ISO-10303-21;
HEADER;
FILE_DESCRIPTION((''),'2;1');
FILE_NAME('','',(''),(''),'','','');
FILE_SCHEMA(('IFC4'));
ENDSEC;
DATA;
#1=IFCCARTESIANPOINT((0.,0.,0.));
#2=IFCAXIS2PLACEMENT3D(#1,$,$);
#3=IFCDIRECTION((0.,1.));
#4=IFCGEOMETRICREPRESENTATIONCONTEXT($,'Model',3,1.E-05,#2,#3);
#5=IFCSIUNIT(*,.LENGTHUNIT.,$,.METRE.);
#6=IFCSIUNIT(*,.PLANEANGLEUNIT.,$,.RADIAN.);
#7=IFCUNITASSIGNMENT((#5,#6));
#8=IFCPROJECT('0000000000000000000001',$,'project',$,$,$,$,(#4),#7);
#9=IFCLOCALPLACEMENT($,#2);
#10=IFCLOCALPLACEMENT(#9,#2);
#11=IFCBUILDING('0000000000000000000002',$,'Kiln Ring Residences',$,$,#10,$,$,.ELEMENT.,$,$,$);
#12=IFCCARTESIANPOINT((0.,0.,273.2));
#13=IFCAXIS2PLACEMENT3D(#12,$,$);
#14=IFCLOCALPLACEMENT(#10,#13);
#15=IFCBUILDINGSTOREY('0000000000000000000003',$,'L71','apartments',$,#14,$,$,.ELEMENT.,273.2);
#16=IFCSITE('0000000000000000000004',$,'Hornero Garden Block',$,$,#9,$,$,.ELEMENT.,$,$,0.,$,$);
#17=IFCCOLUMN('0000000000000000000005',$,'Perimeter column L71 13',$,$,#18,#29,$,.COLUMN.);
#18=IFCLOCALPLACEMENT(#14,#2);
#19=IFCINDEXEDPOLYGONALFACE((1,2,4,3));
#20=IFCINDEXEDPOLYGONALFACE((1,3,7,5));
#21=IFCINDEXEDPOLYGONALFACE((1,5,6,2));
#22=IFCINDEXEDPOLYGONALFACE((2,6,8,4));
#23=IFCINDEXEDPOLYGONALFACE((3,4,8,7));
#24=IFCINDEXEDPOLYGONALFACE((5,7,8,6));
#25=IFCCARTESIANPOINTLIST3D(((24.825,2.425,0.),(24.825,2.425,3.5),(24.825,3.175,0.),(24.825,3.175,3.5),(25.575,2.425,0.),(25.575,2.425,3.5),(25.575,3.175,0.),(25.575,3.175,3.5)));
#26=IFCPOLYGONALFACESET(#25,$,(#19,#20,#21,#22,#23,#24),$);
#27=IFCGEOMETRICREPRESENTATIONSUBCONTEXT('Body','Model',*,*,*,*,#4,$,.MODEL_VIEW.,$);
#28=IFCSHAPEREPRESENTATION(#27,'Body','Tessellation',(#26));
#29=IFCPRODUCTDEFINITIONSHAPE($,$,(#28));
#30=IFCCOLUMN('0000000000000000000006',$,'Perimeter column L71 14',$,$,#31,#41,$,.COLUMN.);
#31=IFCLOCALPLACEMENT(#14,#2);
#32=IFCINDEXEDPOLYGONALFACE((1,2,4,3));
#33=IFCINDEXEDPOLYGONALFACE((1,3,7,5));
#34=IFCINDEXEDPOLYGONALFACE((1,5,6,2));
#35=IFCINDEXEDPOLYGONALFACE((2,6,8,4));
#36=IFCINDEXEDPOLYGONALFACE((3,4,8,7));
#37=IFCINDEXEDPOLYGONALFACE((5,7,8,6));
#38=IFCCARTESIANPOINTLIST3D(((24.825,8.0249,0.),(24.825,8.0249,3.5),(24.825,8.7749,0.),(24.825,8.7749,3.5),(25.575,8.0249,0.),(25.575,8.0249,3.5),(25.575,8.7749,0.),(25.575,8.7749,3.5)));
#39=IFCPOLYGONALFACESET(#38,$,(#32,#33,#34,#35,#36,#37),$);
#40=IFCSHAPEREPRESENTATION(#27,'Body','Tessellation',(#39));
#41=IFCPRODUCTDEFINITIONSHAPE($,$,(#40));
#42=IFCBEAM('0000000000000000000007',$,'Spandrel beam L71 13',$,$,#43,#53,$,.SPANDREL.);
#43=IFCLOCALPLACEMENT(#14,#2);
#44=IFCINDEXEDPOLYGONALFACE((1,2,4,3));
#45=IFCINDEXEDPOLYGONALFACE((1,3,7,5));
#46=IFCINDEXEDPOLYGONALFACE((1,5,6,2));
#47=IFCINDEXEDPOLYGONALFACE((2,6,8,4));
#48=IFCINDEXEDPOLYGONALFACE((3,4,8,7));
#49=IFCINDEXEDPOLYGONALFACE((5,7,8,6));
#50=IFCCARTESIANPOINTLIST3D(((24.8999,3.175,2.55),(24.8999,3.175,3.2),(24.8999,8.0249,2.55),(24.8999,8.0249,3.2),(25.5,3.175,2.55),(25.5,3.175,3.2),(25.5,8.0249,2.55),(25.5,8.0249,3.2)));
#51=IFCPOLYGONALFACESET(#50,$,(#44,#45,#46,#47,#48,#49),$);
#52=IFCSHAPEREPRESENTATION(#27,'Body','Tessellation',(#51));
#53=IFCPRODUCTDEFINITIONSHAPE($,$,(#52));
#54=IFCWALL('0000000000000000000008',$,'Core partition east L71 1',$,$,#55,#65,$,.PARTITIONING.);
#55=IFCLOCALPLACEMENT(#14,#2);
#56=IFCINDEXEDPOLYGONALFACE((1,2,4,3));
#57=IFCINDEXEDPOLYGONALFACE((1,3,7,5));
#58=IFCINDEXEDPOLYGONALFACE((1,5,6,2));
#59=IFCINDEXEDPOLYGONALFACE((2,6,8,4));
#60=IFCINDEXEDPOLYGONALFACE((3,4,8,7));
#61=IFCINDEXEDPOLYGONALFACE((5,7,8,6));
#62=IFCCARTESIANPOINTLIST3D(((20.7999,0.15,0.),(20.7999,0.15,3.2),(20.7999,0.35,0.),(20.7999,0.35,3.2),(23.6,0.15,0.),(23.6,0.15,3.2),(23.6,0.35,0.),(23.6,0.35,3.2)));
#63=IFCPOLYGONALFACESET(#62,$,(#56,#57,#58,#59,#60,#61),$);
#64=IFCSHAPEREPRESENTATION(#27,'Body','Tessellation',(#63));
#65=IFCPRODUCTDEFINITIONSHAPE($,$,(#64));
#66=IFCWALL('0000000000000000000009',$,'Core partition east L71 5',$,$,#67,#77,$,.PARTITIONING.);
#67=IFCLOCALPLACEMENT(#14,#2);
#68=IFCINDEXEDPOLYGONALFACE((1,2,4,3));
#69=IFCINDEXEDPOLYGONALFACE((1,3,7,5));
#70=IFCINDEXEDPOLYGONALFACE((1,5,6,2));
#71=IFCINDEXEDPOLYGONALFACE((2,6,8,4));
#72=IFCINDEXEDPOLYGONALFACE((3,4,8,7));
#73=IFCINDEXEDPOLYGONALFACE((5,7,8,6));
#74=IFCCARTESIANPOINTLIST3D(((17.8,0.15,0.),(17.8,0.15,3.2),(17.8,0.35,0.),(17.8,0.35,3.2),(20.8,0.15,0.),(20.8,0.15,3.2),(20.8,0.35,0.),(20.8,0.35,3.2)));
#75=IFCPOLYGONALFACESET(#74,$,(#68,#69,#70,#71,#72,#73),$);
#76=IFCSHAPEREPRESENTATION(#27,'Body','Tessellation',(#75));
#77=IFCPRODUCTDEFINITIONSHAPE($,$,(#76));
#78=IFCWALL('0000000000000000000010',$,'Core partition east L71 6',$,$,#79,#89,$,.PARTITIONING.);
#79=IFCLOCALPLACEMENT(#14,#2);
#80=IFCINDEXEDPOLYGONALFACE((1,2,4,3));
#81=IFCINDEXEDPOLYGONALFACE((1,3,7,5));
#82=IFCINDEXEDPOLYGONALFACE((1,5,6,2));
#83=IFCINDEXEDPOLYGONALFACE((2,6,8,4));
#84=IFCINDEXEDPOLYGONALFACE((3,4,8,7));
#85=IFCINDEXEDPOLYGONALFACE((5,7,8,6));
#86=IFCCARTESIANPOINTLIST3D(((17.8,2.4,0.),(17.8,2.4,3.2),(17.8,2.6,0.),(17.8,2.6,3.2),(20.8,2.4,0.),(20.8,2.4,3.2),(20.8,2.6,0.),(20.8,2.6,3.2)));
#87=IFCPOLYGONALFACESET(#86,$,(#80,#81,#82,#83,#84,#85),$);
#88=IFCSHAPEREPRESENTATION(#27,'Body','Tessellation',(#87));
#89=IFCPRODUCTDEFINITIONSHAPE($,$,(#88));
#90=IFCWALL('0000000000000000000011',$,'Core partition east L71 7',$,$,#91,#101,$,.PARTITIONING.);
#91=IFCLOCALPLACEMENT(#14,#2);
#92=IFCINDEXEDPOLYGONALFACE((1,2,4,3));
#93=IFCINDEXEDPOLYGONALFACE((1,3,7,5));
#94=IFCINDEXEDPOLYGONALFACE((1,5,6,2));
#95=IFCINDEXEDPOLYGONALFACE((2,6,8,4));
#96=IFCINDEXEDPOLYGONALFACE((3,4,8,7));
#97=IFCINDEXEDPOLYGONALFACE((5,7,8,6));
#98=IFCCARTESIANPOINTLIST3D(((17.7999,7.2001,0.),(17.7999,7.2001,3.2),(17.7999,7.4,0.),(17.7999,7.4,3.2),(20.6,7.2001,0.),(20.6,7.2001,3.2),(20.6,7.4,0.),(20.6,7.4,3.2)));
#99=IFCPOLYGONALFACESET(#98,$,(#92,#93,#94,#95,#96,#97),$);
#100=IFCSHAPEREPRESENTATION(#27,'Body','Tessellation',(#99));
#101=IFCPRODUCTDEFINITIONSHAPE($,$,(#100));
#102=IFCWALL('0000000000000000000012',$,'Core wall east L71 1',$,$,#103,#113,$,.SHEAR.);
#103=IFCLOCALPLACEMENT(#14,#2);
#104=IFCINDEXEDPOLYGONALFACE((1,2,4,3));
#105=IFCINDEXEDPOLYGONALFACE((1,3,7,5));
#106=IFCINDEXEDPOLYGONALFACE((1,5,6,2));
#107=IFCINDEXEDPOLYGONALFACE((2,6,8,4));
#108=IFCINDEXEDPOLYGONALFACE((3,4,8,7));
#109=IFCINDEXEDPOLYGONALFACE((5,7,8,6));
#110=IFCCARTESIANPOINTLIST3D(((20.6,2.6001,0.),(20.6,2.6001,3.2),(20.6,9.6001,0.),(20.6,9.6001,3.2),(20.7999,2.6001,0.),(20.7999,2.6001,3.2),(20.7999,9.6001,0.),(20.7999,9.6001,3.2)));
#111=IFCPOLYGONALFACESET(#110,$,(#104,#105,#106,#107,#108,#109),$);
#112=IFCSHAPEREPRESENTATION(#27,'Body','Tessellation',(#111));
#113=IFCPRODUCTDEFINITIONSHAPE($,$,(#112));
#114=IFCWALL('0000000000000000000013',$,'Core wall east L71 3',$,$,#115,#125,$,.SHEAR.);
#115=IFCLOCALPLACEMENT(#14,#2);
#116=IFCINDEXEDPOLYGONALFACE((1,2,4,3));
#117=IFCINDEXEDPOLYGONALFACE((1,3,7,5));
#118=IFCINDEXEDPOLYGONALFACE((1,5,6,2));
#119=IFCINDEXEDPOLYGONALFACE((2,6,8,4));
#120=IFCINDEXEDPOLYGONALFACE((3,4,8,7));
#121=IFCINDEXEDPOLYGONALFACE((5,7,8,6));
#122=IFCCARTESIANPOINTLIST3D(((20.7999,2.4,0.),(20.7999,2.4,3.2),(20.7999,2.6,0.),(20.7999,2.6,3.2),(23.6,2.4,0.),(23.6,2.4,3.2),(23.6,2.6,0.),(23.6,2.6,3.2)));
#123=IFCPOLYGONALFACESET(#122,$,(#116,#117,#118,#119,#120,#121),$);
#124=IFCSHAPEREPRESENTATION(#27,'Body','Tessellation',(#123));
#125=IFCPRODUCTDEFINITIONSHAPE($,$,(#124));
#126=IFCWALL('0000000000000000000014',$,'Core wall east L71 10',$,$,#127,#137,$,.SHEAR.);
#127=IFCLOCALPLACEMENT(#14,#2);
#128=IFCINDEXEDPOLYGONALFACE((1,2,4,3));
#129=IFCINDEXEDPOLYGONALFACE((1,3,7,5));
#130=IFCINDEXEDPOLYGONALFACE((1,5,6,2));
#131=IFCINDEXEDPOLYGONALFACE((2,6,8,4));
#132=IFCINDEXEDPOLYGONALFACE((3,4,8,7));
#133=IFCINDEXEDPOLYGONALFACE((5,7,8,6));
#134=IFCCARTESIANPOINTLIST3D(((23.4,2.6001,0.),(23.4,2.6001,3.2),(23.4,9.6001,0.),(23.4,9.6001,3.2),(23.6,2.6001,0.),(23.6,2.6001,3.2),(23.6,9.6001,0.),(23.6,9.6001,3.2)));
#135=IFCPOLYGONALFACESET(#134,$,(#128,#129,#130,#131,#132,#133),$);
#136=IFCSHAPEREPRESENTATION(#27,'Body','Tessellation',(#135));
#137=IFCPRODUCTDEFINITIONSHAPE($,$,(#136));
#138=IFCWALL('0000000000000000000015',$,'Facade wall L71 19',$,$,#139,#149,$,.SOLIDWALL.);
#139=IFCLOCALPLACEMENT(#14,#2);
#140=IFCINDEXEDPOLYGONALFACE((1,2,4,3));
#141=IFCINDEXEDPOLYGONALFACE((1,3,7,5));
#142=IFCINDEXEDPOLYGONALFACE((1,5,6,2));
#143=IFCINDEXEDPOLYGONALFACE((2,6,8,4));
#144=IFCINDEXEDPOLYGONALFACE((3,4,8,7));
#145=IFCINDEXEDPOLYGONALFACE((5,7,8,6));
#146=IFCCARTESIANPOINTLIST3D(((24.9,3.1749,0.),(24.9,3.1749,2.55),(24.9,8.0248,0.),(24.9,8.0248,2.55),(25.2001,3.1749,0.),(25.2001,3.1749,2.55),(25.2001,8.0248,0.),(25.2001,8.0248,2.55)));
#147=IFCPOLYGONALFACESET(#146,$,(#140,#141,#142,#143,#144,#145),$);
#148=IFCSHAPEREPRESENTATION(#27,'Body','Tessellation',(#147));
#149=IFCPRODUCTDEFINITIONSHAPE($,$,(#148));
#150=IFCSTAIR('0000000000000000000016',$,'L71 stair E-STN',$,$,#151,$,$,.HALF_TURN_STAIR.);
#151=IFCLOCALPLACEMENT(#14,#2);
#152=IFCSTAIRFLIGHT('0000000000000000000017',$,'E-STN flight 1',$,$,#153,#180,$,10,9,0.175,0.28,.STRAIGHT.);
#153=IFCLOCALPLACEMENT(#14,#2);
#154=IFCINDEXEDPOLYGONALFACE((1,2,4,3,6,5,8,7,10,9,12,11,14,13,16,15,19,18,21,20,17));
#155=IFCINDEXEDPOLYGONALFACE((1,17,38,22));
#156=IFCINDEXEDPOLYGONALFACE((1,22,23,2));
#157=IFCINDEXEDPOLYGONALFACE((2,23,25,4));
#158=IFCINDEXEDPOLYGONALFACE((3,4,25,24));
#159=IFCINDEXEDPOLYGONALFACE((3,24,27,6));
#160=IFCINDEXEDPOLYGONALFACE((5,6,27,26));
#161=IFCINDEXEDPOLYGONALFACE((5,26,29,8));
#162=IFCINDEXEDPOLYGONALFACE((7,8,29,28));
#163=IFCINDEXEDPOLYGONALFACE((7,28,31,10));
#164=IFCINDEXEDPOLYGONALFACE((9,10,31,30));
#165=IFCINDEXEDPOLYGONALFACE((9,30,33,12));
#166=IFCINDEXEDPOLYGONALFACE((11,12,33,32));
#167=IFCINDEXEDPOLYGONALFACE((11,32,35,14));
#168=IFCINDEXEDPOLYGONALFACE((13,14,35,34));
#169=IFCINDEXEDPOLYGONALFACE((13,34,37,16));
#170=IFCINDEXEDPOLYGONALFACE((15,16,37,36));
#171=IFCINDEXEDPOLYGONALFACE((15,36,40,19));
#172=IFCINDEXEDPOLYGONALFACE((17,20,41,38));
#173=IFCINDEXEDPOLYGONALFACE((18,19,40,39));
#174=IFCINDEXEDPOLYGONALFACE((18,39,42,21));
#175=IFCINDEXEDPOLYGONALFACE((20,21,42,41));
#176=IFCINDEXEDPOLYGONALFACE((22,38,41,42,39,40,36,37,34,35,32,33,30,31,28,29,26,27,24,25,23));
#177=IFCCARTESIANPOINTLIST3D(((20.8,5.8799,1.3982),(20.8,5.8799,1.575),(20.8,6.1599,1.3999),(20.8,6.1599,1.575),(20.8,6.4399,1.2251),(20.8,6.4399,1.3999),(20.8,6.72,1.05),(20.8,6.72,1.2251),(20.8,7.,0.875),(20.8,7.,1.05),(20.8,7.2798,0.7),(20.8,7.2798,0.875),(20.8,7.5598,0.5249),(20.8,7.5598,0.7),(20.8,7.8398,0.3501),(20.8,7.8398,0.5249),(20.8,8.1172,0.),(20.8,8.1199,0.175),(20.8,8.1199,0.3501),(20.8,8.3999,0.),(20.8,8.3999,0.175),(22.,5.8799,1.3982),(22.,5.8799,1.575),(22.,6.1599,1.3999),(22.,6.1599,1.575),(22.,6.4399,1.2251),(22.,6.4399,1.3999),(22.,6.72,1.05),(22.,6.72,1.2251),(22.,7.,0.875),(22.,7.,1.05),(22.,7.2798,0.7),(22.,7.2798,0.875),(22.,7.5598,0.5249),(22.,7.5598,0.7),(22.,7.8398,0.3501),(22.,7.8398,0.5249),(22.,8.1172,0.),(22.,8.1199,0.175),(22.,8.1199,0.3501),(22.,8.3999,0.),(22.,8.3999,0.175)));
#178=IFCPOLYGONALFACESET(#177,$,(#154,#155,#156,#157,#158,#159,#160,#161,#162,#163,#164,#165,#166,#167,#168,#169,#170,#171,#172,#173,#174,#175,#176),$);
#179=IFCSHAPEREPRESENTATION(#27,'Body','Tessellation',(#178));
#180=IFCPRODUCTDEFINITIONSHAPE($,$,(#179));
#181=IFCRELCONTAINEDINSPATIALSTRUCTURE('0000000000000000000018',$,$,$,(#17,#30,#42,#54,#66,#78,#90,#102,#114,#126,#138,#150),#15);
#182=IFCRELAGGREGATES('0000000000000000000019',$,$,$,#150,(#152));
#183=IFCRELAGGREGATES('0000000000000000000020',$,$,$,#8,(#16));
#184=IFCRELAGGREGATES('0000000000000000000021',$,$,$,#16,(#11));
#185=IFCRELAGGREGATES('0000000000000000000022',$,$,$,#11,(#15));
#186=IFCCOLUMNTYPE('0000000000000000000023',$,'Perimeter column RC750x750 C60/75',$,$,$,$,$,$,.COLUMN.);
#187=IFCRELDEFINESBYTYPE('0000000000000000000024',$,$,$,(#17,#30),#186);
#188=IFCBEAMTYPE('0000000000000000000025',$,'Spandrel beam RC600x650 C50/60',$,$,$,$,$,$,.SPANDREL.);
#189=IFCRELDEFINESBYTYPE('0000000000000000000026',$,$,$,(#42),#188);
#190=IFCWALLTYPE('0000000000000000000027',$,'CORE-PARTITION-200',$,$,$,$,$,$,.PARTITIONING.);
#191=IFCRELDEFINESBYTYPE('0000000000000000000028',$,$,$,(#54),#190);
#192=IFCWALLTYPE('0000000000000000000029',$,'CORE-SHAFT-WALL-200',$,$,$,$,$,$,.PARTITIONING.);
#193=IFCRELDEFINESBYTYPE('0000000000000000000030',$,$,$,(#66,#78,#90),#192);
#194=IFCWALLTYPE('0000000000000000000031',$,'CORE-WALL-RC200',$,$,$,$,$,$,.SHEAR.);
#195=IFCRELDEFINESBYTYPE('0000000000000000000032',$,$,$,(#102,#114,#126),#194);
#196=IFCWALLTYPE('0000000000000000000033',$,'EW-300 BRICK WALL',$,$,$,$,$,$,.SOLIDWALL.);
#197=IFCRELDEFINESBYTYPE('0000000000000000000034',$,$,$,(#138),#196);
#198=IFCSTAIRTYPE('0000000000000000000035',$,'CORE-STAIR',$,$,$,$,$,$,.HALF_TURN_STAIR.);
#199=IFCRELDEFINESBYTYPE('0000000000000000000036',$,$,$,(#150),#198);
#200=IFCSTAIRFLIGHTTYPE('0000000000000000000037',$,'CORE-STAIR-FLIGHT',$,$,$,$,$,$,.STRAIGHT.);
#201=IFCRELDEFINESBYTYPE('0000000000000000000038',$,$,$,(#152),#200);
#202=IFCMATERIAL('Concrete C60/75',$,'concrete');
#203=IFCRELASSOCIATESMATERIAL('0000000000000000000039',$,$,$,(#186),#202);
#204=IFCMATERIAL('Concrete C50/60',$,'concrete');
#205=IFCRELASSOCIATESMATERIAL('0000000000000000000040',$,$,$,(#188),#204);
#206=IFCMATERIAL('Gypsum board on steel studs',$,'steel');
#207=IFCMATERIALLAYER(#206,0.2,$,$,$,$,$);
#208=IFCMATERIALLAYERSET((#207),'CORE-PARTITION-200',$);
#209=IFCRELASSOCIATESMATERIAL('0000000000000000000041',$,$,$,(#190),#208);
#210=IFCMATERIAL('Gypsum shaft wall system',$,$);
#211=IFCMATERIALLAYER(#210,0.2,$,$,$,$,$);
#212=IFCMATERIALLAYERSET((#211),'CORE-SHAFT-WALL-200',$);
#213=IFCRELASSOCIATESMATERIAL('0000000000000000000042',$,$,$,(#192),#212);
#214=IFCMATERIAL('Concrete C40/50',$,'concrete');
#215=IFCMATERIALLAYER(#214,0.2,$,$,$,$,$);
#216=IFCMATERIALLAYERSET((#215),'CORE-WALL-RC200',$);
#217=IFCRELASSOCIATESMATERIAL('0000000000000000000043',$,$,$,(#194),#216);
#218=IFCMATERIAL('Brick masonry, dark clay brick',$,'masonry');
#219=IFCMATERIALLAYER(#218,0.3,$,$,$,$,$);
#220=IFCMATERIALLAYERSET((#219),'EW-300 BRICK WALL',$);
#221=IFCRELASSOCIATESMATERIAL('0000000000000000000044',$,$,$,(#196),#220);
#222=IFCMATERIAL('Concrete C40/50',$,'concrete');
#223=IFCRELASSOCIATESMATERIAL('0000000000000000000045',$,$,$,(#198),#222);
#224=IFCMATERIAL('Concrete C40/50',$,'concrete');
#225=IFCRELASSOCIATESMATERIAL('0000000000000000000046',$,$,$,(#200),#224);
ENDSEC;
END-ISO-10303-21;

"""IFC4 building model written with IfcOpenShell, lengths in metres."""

from ifc_helpers import new_model, si_unit, direction, frame, frame_2d, origin, origin_2d, place, context, subcontext, project, spatial, polyline, rectangle, outline, extrude, material, layer, layer_set, material_profile, profile_set, type_object, element, aggregate, save


model = new_model("IFC4")

# Units and contexts
model_context = context("Model", 3, precision=1e-05, world=origin(), true_north=direction((0.0, 1.0)))
body_context = subcontext(model_context, "Body", "Model", "MODEL_VIEW")
ifc_project = project(units=[si_unit("LENGTHUNIT", "METRE"), si_unit("PLANEANGLEUNIT", "RADIAN")], contexts=[model_context])

# Site, building, storey
site_placement = place(None, origin())
site = spatial("IfcSite", under=ifc_project, at=site_placement, Name="Hornero Garden Block", CompositionType="ELEMENT", RefElevation=0.0)
building_placement = place(site_placement, origin())
building = spatial("IfcBuilding", under=site, at=building_placement, Name="Kiln Ring Residences", CompositionType="ELEMENT")
storey_placement = place(building_placement, frame((0.0, 0.0, 273.2)))
storey = spatial("IfcBuildingStorey", under=building, at=storey_placement, Name="L71", Description="apartments", CompositionType="ELEMENT", Elevation=273.2)

# Columns
ifc_material_1 = material(Name="Concrete C60/75", Category="concrete")
ifc_material_profile_1 = material_profile(ifc_material_1, rectangle(XDim=0.75, YDim=0.75, at=origin_2d()), Name="RC750x750")
ifc_profile_set_1 = profile_set([ifc_material_profile_1], Name="Concrete C60/75")
column_type = type_object("IfcColumnType", Name="Perimeter column RC750x750 C60/75", PredefinedType="COLUMN", material=ifc_profile_set_1)
for number, where, z_axis, x_axis, name in (
    (1, (25.2, 2.8, 0.0), (0.0, 0.0, 1.0), (1.0, 0.0, 0.0), "Perimeter column L71 13"),
    (2, (25.2, 8.3999, 0.0), (0.0, 0.0, 1.0), (1.0, 0.0, 0.0), "Perimeter column L71 14"),
):
    element("IfcColumn", number, at=place(storey_placement, frame(where, z_axis=z_axis, x_axis=x_axis)), inside=storey, type_object=column_type, Name=name, PredefinedType="COLUMN", context=body_context, shape_type="SweptSolid", body=[
        extrude(rectangle(XDim=0.75, YDim=0.75, at=origin_2d()), origin(), (0.0, 0.0, 1.0), 3.5),
    ])

# Beam
ifc_material_2 = material(Name="Concrete C50/60", Category="concrete")
ifc_material_profile_2 = material_profile(ifc_material_2, rectangle(XDim=0.6001, YDim=0.6499, at=origin_2d()), Name="RC600x650")
ifc_profile_set_2 = profile_set([ifc_material_profile_2], Name="Concrete C50/60")
beam_type = type_object("IfcBeamType", Name="Spandrel beam RC600x650 C50/60", PredefinedType="SPANDREL", material=ifc_profile_set_2)
beam_placement = place(storey_placement, frame((25.2, 3.175, 2.875), z_axis=(0.0, 1.0, 0.0), x_axis=(-1.0, 0.0, 0.0)))
element("IfcBeam", 3, at=beam_placement, inside=storey, type_object=beam_type, Name="Spandrel beam L71 13", PredefinedType="SPANDREL", context=body_context, shape_type="SweptSolid", body=[
    extrude(rectangle(XDim=0.6001, YDim=0.6499, at=origin_2d()), origin(), (0.0, 0.0, 1.0), 4.8499),
])

# Walls
ifc_material_3 = material(Name="Gypsum board on steel studs", Category="steel")
ifc_layer_1 = layer(ifc_material_3, 0.2)
ifc_layer_set_1 = layer_set([ifc_layer_1], Name="CORE-PARTITION-200")
wall_type_1 = type_object("IfcWallType", Name="CORE-PARTITION-200", PredefinedType="PARTITIONING", material=ifc_layer_set_1)
wall_1_placement = place(storey_placement, frame((20.8, 0.25, 0.0), z_axis=(0.0, 0.0, 1.0), x_axis=(1.0, 0.0, 0.0)))
element("IfcWall", 4, at=wall_1_placement, inside=storey, type_object=wall_type_1, Name="Core partition east L71 1", PredefinedType="PARTITIONING", context=body_context, shape_type="SweptSolid", body=[
    extrude(rectangle(XDim=2.8, YDim=0.2, at=frame_2d((1.3999, 0.0))), origin(), (0.0, 0.0, 1.0), 3.2),
])
ifc_material_4 = material(Name="Gypsum shaft wall system")
ifc_layer_2 = layer(ifc_material_4, 0.2)
ifc_layer_set_2 = layer_set([ifc_layer_2], Name="CORE-SHAFT-WALL-200")
wall_type_2 = type_object("IfcWallType", Name="CORE-SHAFT-WALL-200", PredefinedType="PARTITIONING", material=ifc_layer_set_2)
for number, where, z_axis, x_axis, name in (
    (5, (17.8, 0.25, 0.0), (0.0, 0.0, 1.0), (1.0, 0.0, 0.0), "Core partition east L71 5"),
    (6, (17.8, 2.5, 0.0), (0.0, 0.0, 1.0), (1.0, 0.0, 0.0), "Core partition east L71 6"),
):
    element("IfcWall", number, at=place(storey_placement, frame(where, z_axis=z_axis, x_axis=x_axis)), inside=storey, type_object=wall_type_2, Name=name, PredefinedType="PARTITIONING", context=body_context, shape_type="SweptSolid", body=[
        extrude(rectangle(XDim=3.0, YDim=0.2, at=frame_2d((1.5, 0.0))), origin(), (0.0, 0.0, 1.0), 3.2),
    ])
wall_2_placement = place(storey_placement, frame((17.8, 7.3, 0.0), z_axis=(0.0, 0.0, 1.0), x_axis=(1.0, 0.0, 0.0)))
element("IfcWall", 7, at=wall_2_placement, inside=storey, type_object=wall_type_2, Name="Core partition east L71 7", PredefinedType="PARTITIONING", context=body_context, shape_type="SweptSolid", body=[
    extrude(rectangle(XDim=2.8, YDim=0.2, at=frame_2d((1.3999, 0.0))), origin(), (0.0, 0.0, 1.0), 3.2),
])
ifc_material_5 = material(Name="Concrete C40/50", Category="concrete")
ifc_layer_3 = layer(ifc_material_5, 0.2)
ifc_layer_set_3 = layer_set([ifc_layer_3], Name="CORE-WALL-RC200")
wall_type_3 = type_object("IfcWallType", Name="CORE-WALL-RC200", PredefinedType="SHEAR", material=ifc_layer_set_3)
wall_3_placement = place(storey_placement, frame((20.7, 2.6001, 0.0), z_axis=(0.0, 0.0, 1.0), x_axis=(0.0, 1.0, 0.0)))
element("IfcWall", 8, at=wall_3_placement, inside=storey, type_object=wall_type_3, Name="Core wall east L71 1", PredefinedType="SHEAR", context=body_context, shape_type="SweptSolid", body=[
    extrude(rectangle(XDim=7.0, YDim=0.2, at=frame_2d((3.5, 0.0))), origin(), (0.0, 0.0, 1.0), 3.2),
])
wall_4_placement = place(storey_placement, frame((20.8, 2.5, 0.0), z_axis=(0.0, 0.0, 1.0), x_axis=(1.0, 0.0, 0.0)))
element("IfcWall", 9, at=wall_4_placement, inside=storey, type_object=wall_type_3, Name="Core wall east L71 3", PredefinedType="SHEAR", context=body_context, shape_type="SweptSolid", body=[
    extrude(rectangle(XDim=2.8, YDim=0.2, at=frame_2d((1.3999, 0.0))), origin(), (0.0, 0.0, 1.0), 3.2),
])
wall_5_placement = place(storey_placement, frame((23.5, 2.6001, 0.0), z_axis=(0.0, 0.0, 1.0), x_axis=(0.0, 1.0, 0.0)))
element("IfcWall", 10, at=wall_5_placement, inside=storey, type_object=wall_type_3, Name="Core wall east L71 10", PredefinedType="SHEAR", context=body_context, shape_type="SweptSolid", body=[
    extrude(rectangle(XDim=7.0, YDim=0.2, at=frame_2d((3.5, 0.0))), origin(), (0.0, 0.0, 1.0), 3.2),
])
ifc_material_6 = material(Name="Brick masonry, dark clay brick", Category="masonry")
ifc_layer_4 = layer(ifc_material_6, 0.3)
ifc_layer_set_4 = layer_set([ifc_layer_4], Name="EW-300 BRICK WALL")
wall_type_4 = type_object("IfcWallType", Name="EW-300 BRICK WALL", PredefinedType="SOLIDWALL", material=ifc_layer_set_4)
wall_6_placement = place(storey_placement, frame((25.05, 3.175, 0.0), z_axis=(0.0, 0.0, 1.0), x_axis=(0.0, 1.0, 0.0)))
element("IfcWall", 11, at=wall_6_placement, inside=storey, type_object=wall_type_4, Name="Facade wall L71 19", PredefinedType="SOLIDWALL", context=body_context, shape_type="SweptSolid", body=[
    extrude(rectangle(XDim=4.8499, YDim=0.3, at=frame_2d((2.4248, 0.0))), origin(), (0.0, 0.0, 1.0), 2.55),
])

# Stair, stair flight
ifc_material_7 = material(Name="Concrete C40/50", Category="concrete")
stair_type = type_object("IfcStairType", Name="CORE-STAIR", PredefinedType="HALF_TURN_STAIR", material=ifc_material_7)
stair_placement = place(storey_placement, origin())
stair = element("IfcStair", 12, at=stair_placement, inside=storey, type_object=stair_type, Name="L71 stair E-STN", PredefinedType="HALF_TURN_STAIR")
ifc_material_8 = material(Name="Concrete C40/50", Category="concrete")
stair_flight_type = type_object("IfcStairFlightType", Name="CORE-STAIR-FLIGHT", PredefinedType="STRAIGHT", material=ifc_material_8)
stair_flight_1_placement = place(storey_placement, frame((21.3999, 8.3999, 0.0), z_axis=(0.0, 0.0, 1.0), x_axis=(0.0, -1.0, 0.0)))
stair_flight_1 = element("IfcStairFlight", 13, at=stair_flight_1_placement, type_object=stair_flight_type, Name="E-STN flight 1", NumberOfRisers=10, NumberOfTreads=9, PredefinedType="STRAIGHT", RiserHeight=0.175, TreadLength=0.28, context=body_context, shape_type="SweptSolid", body=[
    extrude(outline(polyline([(0.0, 0.0), (0.0, 0.175), (0.28, 0.175), (0.28, 0.3501), (0.5601, 0.3501), (0.5601, 0.5249), (0.8401, 0.5249), (0.8401, 0.7), (1.1201, 0.7), (1.1201, 0.875), (1.3999, 0.875), (1.3999, 1.05), (1.6799, 1.05), (1.6799, 1.2251), (1.96, 1.2251), (1.96, 1.3999), (2.24, 1.3999), (2.24, 1.575), (2.52, 1.575), (2.52, 1.75), (2.52, 1.3982), (0.2827, 0.0), (0.0, 0.0)])), frame((0.0, 0.6001, 0.0), z_axis=(0.0, -1.0, 0.0), x_axis=(1.0, 0.0, 0.0)), (0.0, 0.0, 1.0), 1.2),
])
aggregate(stair, [stair_flight_1])

save(model, "model.ifc")
